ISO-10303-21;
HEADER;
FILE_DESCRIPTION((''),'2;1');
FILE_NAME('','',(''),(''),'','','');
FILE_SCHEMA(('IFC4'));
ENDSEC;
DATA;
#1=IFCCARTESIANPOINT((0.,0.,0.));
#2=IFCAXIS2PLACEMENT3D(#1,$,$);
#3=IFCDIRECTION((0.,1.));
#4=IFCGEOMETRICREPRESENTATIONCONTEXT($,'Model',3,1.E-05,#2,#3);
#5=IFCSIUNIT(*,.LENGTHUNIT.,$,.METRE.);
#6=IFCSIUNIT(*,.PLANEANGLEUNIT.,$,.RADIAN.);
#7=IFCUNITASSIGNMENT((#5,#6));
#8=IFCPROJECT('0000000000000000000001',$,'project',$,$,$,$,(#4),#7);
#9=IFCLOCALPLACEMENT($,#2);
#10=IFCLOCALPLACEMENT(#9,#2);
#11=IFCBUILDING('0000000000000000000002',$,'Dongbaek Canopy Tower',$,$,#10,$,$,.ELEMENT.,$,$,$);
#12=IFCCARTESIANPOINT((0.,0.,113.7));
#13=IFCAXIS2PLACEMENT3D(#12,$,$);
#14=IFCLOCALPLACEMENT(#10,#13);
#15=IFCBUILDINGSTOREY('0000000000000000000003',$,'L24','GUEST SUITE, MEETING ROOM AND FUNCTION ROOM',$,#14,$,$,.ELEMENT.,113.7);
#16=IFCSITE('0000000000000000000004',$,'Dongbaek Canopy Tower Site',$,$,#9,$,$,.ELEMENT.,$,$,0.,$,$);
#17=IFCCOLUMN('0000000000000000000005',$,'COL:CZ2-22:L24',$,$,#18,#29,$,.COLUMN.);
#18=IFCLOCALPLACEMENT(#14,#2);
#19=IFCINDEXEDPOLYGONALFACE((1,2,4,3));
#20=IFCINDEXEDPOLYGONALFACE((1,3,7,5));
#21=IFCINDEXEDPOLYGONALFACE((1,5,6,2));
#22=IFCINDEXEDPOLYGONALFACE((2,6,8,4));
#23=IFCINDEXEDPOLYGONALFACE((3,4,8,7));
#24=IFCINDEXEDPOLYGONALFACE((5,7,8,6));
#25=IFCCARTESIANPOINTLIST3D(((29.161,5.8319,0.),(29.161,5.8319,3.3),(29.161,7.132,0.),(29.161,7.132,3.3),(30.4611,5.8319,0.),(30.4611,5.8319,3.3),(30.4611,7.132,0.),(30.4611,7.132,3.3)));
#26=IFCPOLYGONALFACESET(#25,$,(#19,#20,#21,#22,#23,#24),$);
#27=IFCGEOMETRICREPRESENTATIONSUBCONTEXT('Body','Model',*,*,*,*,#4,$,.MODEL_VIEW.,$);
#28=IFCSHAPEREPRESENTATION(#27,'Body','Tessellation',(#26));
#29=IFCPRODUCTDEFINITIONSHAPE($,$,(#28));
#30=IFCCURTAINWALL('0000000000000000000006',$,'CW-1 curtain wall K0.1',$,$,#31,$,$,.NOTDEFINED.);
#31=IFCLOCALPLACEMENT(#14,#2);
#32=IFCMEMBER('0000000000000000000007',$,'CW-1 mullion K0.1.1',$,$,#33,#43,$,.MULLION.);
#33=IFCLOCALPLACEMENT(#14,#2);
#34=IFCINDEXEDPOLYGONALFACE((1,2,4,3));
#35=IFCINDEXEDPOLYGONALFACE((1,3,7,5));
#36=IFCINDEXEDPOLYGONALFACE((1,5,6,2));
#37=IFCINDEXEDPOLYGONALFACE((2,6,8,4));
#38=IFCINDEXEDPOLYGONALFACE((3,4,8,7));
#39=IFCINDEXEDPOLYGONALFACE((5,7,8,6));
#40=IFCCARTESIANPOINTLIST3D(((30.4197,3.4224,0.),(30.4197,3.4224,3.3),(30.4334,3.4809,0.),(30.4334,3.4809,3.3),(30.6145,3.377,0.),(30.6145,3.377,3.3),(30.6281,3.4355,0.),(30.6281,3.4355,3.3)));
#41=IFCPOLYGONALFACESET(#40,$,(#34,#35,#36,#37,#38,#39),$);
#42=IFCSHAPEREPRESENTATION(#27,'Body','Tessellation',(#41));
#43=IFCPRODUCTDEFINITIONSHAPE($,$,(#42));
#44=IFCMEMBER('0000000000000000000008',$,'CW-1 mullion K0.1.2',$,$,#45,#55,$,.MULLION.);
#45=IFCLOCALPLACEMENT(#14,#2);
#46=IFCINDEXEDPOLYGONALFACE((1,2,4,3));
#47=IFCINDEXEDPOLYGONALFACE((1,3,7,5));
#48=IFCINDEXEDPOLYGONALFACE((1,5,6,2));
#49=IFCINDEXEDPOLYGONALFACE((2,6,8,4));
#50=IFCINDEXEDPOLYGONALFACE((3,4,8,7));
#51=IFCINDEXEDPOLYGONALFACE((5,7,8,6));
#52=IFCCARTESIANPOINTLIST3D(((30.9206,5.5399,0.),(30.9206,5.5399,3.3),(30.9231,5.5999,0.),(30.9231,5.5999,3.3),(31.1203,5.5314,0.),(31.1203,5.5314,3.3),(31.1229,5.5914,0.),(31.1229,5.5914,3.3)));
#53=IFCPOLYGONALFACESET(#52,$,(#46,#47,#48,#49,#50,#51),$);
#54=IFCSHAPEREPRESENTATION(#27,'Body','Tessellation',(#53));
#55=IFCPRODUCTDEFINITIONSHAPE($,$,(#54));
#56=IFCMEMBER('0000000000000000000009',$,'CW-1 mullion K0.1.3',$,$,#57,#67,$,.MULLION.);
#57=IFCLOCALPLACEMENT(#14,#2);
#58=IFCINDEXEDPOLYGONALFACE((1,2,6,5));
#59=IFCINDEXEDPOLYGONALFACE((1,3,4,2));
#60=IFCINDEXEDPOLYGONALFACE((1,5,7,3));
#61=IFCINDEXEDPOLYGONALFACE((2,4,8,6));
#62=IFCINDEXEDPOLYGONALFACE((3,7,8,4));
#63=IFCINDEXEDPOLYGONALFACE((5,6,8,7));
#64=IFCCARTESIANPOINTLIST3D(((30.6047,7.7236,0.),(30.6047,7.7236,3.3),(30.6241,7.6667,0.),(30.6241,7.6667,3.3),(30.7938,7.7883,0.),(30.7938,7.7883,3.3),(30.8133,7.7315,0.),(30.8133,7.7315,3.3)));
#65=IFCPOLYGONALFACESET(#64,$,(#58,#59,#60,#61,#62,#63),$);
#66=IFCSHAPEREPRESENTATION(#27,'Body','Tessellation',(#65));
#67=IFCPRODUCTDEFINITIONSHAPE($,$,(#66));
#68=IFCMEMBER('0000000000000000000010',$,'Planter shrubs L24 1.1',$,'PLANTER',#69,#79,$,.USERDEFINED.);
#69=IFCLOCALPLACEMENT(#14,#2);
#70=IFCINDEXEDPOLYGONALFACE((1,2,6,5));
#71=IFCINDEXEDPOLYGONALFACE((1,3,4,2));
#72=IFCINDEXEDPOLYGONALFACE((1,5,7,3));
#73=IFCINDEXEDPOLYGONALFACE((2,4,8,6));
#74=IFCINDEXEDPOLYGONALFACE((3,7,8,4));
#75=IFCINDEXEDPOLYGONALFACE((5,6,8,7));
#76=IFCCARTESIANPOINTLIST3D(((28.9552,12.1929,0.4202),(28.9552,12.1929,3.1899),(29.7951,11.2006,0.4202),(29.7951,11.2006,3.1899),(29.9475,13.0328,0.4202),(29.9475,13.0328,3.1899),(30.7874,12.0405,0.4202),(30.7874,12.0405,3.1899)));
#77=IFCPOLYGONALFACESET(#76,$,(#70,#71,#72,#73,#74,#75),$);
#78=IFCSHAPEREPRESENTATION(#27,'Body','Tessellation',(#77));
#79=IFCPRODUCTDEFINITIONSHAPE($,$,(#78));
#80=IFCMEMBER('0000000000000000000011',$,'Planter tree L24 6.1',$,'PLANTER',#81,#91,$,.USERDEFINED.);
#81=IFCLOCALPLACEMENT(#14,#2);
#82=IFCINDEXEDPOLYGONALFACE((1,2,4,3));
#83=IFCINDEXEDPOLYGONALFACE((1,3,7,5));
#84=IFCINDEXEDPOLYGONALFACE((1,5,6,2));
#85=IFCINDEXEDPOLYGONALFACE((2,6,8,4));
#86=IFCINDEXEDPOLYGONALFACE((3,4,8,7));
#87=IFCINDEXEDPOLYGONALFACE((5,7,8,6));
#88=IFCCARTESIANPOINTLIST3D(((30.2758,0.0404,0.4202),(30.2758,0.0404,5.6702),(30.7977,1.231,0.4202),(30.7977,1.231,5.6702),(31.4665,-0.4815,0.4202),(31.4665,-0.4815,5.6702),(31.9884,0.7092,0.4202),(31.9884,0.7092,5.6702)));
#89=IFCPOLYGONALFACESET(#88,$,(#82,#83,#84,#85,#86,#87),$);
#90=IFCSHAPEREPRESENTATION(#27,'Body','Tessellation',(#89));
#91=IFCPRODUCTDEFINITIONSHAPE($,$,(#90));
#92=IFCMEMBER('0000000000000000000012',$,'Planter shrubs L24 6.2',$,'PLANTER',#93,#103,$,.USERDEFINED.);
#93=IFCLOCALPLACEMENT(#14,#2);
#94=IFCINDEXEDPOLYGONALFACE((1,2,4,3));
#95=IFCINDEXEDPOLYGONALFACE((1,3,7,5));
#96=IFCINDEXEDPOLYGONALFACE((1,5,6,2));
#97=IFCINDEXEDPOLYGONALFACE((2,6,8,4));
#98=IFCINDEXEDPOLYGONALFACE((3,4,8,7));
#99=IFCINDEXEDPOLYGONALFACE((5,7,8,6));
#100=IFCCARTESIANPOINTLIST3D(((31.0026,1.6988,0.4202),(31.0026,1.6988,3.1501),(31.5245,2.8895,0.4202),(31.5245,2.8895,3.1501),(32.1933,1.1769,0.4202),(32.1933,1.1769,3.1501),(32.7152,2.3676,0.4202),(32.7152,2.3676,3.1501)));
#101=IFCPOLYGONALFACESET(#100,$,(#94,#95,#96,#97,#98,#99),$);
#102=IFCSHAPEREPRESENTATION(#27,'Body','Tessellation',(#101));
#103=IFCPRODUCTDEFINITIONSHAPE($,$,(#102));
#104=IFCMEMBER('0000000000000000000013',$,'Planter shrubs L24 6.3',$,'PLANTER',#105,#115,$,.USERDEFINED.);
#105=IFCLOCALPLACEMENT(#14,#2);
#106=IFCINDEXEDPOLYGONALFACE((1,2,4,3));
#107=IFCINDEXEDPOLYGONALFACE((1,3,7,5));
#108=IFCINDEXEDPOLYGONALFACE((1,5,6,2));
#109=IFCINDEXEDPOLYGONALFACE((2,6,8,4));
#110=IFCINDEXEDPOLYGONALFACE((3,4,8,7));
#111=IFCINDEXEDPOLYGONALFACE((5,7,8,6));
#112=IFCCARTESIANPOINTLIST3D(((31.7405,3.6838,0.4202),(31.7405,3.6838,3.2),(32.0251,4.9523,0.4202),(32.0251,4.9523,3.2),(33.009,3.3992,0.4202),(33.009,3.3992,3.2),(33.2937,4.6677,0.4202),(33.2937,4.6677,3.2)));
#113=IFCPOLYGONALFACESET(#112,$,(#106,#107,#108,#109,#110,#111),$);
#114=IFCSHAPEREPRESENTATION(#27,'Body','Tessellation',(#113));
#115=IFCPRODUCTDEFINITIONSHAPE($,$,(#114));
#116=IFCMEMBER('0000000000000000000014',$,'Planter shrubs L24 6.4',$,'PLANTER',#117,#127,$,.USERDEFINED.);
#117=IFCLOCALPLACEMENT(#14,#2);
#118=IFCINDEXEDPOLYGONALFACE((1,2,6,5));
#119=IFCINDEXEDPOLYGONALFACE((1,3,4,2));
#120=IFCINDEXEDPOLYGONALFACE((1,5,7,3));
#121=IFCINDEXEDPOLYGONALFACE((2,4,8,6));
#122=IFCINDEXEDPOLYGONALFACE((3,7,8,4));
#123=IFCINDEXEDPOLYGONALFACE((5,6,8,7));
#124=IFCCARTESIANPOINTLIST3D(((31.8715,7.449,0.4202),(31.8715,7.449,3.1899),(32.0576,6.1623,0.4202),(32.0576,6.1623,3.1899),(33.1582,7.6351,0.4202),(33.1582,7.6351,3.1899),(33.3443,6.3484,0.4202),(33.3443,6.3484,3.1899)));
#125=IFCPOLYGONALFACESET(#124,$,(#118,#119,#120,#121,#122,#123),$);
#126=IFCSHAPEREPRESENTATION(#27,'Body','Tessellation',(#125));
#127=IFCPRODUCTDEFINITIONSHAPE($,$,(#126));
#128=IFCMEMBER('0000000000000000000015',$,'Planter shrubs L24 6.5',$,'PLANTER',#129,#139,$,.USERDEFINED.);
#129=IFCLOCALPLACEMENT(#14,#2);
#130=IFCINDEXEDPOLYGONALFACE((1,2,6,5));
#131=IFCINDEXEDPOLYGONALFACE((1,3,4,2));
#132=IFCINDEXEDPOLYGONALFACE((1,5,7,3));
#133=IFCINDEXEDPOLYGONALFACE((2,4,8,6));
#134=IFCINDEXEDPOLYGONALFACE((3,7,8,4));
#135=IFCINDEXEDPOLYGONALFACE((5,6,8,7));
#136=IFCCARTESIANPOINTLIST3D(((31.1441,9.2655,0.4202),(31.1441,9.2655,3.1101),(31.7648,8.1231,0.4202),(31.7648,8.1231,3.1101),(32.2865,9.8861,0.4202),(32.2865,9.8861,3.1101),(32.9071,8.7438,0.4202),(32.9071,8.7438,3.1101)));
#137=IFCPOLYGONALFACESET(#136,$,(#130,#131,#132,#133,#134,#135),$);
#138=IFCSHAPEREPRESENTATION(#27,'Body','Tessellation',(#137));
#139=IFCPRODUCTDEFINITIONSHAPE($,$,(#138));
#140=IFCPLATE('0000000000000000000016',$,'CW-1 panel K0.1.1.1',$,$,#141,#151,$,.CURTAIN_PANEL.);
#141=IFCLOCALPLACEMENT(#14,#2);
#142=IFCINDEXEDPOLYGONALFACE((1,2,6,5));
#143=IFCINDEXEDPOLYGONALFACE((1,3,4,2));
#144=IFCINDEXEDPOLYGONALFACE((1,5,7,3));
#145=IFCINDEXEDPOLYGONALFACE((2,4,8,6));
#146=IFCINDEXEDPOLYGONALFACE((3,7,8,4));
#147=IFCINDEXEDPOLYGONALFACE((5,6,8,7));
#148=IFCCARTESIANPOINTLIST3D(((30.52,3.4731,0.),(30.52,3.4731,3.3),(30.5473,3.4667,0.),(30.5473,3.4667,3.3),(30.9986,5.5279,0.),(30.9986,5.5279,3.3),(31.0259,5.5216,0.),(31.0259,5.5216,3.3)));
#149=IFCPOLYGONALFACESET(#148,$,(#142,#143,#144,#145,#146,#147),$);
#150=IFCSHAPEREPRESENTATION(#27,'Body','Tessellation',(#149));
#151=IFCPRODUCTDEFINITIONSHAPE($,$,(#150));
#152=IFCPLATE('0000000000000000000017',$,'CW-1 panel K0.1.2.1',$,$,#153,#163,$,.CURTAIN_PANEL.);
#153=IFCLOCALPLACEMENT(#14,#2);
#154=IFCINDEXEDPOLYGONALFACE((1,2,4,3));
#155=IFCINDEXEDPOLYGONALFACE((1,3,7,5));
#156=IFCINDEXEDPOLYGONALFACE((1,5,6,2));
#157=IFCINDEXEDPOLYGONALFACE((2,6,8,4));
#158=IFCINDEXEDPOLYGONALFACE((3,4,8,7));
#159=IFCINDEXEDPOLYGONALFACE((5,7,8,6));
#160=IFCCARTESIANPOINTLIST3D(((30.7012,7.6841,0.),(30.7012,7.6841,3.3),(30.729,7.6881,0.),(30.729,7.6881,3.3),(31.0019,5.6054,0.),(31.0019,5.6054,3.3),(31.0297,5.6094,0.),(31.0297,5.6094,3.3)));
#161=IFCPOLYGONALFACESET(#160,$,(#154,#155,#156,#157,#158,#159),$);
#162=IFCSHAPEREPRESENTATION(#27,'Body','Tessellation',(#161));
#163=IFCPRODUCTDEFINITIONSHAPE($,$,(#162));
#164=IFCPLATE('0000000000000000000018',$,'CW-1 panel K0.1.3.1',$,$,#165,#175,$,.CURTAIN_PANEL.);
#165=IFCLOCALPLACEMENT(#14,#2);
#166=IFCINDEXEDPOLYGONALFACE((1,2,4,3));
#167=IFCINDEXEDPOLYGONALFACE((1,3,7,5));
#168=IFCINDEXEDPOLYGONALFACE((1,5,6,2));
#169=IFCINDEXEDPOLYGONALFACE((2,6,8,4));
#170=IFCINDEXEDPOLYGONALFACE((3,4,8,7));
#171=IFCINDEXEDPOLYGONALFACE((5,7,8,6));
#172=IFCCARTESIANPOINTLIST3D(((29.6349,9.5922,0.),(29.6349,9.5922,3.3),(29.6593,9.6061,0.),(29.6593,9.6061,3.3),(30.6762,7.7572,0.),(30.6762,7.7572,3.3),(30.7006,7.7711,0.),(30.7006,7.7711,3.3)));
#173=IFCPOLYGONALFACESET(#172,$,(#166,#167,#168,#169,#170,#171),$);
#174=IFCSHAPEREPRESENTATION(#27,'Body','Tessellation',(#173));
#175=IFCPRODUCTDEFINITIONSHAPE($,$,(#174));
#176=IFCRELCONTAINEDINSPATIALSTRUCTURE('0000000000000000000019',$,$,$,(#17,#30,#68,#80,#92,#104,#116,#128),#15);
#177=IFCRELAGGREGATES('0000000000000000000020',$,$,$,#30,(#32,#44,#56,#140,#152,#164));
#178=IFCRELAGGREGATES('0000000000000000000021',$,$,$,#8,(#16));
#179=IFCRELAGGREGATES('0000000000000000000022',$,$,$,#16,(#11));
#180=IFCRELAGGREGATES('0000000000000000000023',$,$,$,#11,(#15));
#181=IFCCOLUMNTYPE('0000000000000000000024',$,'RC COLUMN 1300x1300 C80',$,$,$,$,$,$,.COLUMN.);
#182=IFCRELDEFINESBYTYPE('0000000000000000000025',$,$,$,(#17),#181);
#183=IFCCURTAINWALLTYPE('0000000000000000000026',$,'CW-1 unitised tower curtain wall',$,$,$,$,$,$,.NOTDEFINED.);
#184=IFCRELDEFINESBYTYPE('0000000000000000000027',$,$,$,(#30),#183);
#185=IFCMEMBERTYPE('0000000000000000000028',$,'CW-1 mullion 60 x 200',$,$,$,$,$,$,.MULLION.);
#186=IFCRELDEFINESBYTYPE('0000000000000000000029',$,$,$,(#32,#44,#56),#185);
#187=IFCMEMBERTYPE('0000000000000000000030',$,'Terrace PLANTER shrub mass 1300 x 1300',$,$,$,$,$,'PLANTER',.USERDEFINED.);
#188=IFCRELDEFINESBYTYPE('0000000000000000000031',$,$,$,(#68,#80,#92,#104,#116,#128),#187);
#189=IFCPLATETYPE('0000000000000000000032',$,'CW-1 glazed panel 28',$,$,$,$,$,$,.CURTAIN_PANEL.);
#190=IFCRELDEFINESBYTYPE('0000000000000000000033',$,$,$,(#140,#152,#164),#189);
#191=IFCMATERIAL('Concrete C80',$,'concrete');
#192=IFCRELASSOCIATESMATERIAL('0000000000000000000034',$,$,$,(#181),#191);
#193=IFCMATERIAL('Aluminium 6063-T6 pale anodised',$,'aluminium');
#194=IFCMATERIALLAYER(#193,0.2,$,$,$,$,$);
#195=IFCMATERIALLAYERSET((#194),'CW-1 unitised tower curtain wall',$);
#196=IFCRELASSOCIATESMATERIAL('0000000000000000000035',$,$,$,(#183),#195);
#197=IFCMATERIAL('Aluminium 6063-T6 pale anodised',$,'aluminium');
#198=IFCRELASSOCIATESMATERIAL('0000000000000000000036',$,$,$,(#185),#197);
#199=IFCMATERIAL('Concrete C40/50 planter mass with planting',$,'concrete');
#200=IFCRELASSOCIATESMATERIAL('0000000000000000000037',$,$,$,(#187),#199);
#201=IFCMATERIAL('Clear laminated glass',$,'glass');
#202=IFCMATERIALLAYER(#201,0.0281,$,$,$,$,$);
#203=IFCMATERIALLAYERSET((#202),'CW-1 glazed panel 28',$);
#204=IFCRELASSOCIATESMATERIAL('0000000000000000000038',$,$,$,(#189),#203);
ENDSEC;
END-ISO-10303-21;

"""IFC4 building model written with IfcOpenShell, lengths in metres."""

from ifc_helpers import new_model, si_unit, direction, frame, origin, origin_2d, place, context, subcontext, project, spatial, rectangle, extrude, material, layer, layer_set, material_profile, profile_set, type_object, element, aggregate, save


model = new_model("IFC4")

# Units and contexts
model_context = context("Model", 3, precision=1e-05, world=origin(), true_north=direction((0.0, 1.0)))
body_context = subcontext(model_context, "Body", "Model", "MODEL_VIEW")
ifc_project = project(units=[si_unit("LENGTHUNIT", "METRE"), si_unit("PLANEANGLEUNIT", "RADIAN")], contexts=[model_context])

# Site, building, storey
site_placement = place(None, origin())
site = spatial("IfcSite", under=ifc_project, at=site_placement, Name="Dongbaek Canopy Tower Site", CompositionType="ELEMENT", RefElevation=0.0)
building_placement = place(site_placement, origin())
building = spatial("IfcBuilding", under=site, at=building_placement, Name="Dongbaek Canopy Tower", CompositionType="ELEMENT")
storey_placement = place(building_placement, frame((0.0, 0.0, 113.7)))
storey = spatial("IfcBuildingStorey", under=building, at=storey_placement, Name="L24", Description="GUEST SUITE, MEETING ROOM AND FUNCTION ROOM", CompositionType="ELEMENT", Elevation=113.7)

# Column
ifc_material_1 = material(Name="Concrete C80", Category="concrete")
ifc_material_profile_1 = material_profile(ifc_material_1, rectangle(XDim=1.3, YDim=1.3, at=origin_2d()), Name="RC COLUMN 1300x1300 C80")
ifc_profile_set_1 = profile_set([ifc_material_profile_1], Name="Concrete C80")
column_type = type_object("IfcColumnType", Name="RC COLUMN 1300x1300 C80", PredefinedType="COLUMN", material=ifc_profile_set_1)
column_placement = place(storey_placement, frame((29.811, 6.4819, 0.0), z_axis=(0.0, 0.0, 1.0), x_axis=(1.0, 0.0, 0.0)))
element("IfcColumn", 1, at=column_placement, inside=storey, type_object=column_type, Name="COL:CZ2-22:L24", PredefinedType="COLUMN", context=body_context, shape_type="SweptSolid", body=[
    extrude(rectangle(XDim=1.3, YDim=1.3, at=origin_2d()), origin(), (0.0, 0.0, 1.0), 3.3),
])

# Curtain wall, members
ifc_material_2 = material(Name="Aluminium 6063-T6 pale anodised", Category="aluminium")
ifc_layer_1 = layer(ifc_material_2, 0.2)
ifc_layer_set_1 = layer_set([ifc_layer_1], Name="CW-1 unitised tower curtain wall")
curtain_wall_type = type_object("IfcCurtainWallType", Name="CW-1 unitised tower curtain wall", PredefinedType="NOTDEFINED", material=ifc_layer_set_1)
curtain_wall_placement = place(storey_placement, origin())
curtain_wall = element("IfcCurtainWall", 2, at=curtain_wall_placement, inside=storey, type_object=curtain_wall_type, Name="CW-1 curtain wall K0.1", PredefinedType="NOTDEFINED")
ifc_material_3 = material(Name="Aluminium 6063-T6 pale anodised", Category="aluminium")
ifc_material_profile_2 = material_profile(ifc_material_3, rectangle(XDim=0.2, YDim=0.0601, at=origin_2d()), Name="CW-1 mullion 60 x 200")
ifc_profile_set_2 = profile_set([ifc_material_profile_2], Name="Aluminium 6063-T6 pale anodised")
member_type_1 = type_object("IfcMemberType", Name="CW-1 mullion 60 x 200", PredefinedType="MULLION", material=ifc_profile_set_2)
member_1_placement = place(storey_placement, frame((30.5239, 3.429, 0.0), z_axis=(0.0, 0.0, 1.0), x_axis=(0.973927, -0.226863, 0.0)))
member_1 = element("IfcMember", 3, at=member_1_placement, type_object=member_type_1, Name="CW-1 mullion K0.1.1", PredefinedType="MULLION", context=body_context, shape_type="SweptSolid", body=[
    extrude(rectangle(XDim=0.2, YDim=0.0601, at=origin_2d()), origin(), (0.0, 0.0, 1.0), 3.3),
])
member_2_placement = place(storey_placement, frame((31.0217, 5.5657, 0.0), z_axis=(0.0, 0.0, 1.0), x_axis=(0.999093, -0.04259, 0.0)))
member_2 = element("IfcMember", 4, at=member_2_placement, type_object=member_type_1, Name="CW-1 mullion K0.1.2", PredefinedType="MULLION", context=body_context, shape_type="SweptSolid", body=[
    extrude(rectangle(XDim=0.2, YDim=0.0601, at=origin_2d()), origin(), (0.0, 0.0, 1.0), 3.3),
])
member_3_placement = place(storey_placement, frame((30.709, 7.7275, 0.0), z_axis=(0.0, 0.0, 1.0), x_axis=(0.946074, 0.32395, 0.0)))
member_3 = element("IfcMember", 5, at=member_3_placement, type_object=member_type_1, Name="CW-1 mullion K0.1.3", PredefinedType="MULLION", context=body_context, shape_type="SweptSolid", body=[
    extrude(rectangle(XDim=0.2, YDim=0.0601, at=origin_2d()), origin(), (0.0, 0.0, 1.0), 3.3),
])

# Members
ifc_material_4 = material(Name="Concrete C40/50 planter mass with planting", Category="concrete")
ifc_material_profile_3 = material_profile(ifc_material_4, rectangle(XDim=1.3, YDim=1.3, at=origin_2d()), Name="Terrace PLANTER shrub mass 1300 x 1300")
ifc_profile_set_3 = profile_set([ifc_material_profile_3], Name="Concrete C40/50 planter mass with planting")
member_type_2 = type_object("IfcMemberType", Name="Terrace PLANTER shrub mass 1300 x 1300", ElementType="PLANTER", PredefinedType="USERDEFINED", material=ifc_profile_set_3)
member_4_placement = place(storey_placement, frame((29.8713, 12.1167, 0.4202), z_axis=(0.0, 0.0, 1.0), x_axis=(0.76329, 0.646056, 0.0)))
element("IfcMember", 6, at=member_4_placement, inside=storey, type_object=member_type_2, Name="Planter shrubs L24 1.1", ObjectType="PLANTER", PredefinedType="USERDEFINED", context=body_context, shape_type="SweptSolid", body=[
    extrude(rectangle(XDim=1.3, YDim=1.3, at=origin_2d()), origin(), (0.0, 0.0, 1.0), 2.7698),
])
member_5_placement = place(storey_placement, frame((31.1321, 0.3748, 0.4202), z_axis=(0.0, 0.0, 1.0), x_axis=(0.915886, -0.401438, 0.0)))
element("IfcMember", 7, at=member_5_placement, inside=storey, type_object=member_type_2, Name="Planter tree L24 6.1", ObjectType="PLANTER", PredefinedType="USERDEFINED", context=body_context, shape_type="SweptSolid", body=[
    extrude(rectangle(XDim=1.3, YDim=1.3, at=origin_2d()), origin(), (0.0, 0.0, 1.0), 5.25),
])
member_6_placement = place(storey_placement, frame((31.8589, 2.0332, 0.4202), z_axis=(0.0, 0.0, 1.0), x_axis=(0.915886, -0.401438, 0.0)))
element("IfcMember", 8, at=member_6_placement, inside=storey, type_object=member_type_2, Name="Planter shrubs L24 6.2", ObjectType="PLANTER", PredefinedType="USERDEFINED", context=body_context, shape_type="SweptSolid", body=[
    extrude(rectangle(XDim=1.3, YDim=1.3, at=origin_2d()), origin(), (0.0, 0.0, 1.0), 2.73),
])
member_7_placement = place(storey_placement, frame((32.5171, 4.1758, 0.4202), z_axis=(0.0, 0.0, 1.0), x_axis=(0.97574, -0.218932, 0.0)))
element("IfcMember", 9, at=member_7_placement, inside=storey, type_object=member_type_2, Name="Planter shrubs L24 6.3", ObjectType="PLANTER", PredefinedType="USERDEFINED", context=body_context, shape_type="SweptSolid", body=[
    extrude(rectangle(XDim=1.3, YDim=1.3, at=origin_2d()), origin(), (0.0, 0.0, 1.0), 2.7798),
])
member_8_placement = place(storey_placement, frame((32.6079, 6.8987, 0.4202), z_axis=(0.0, 0.0, 1.0), x_axis=(0.9897, 0.143156, 0.0)))
element("IfcMember", 10, at=member_8_placement, inside=storey, type_object=member_type_2, Name="Planter shrubs L24 6.4", ObjectType="PLANTER", PredefinedType="USERDEFINED", context=body_context, shape_type="SweptSolid", body=[
    extrude(rectangle(XDim=1.3, YDim=1.3, at=origin_2d()), origin(), (0.0, 0.0, 1.0), 2.7698),
])
member_9_placement = place(storey_placement, frame((32.0256, 9.0046, 0.4202), z_axis=(0.0, 0.0, 1.0), x_axis=(0.878675, 0.47742, 0.0)))
element("IfcMember", 11, at=member_9_placement, inside=storey, type_object=member_type_2, Name="Planter shrubs L24 6.5", ObjectType="PLANTER", PredefinedType="USERDEFINED", context=body_context, shape_type="SweptSolid", body=[
    extrude(rectangle(XDim=1.3, YDim=1.3, at=origin_2d()), origin(), (0.0, 0.0, 1.0), 2.6899),
])

# Plates
ifc_material_5 = material(Name="Clear laminated glass", Category="glass")
ifc_layer_2 = layer(ifc_material_5, 0.0281)
ifc_layer_set_2 = layer_set([ifc_layer_2], Name="CW-1 glazed panel 28")
plate_type = type_object("IfcPlateType", Name="CW-1 glazed panel 28", PredefinedType="CURTAIN_PANEL", material=ifc_layer_set_2)
plate_1_placement = place(storey_placement, frame((30.7729, 4.4973, 0.0), z_axis=(0.0, 0.0, 1.0), x_axis=(0.226863, 0.973927, 0.0)))
plate_1 = element("IfcPlate", 12, at=plate_1_placement, type_object=plate_type, Name="CW-1 panel K0.1.1.1", PredefinedType="CURTAIN_PANEL", context=body_context, shape_type="SweptSolid", body=[
    extrude(rectangle(XDim=2.1099, YDim=0.0281, at=origin_2d()), origin(), (0.0, 0.0, 1.0), 3.3),
])
plate_2_placement = place(storey_placement, frame((30.8655, 6.6467, 0.0), z_axis=(0.0, 0.0, 1.0), x_axis=(-0.143156, 0.9897, 0.0)))
plate_2 = element("IfcPlate", 13, at=plate_2_placement, type_object=plate_type, Name="CW-1 panel K0.1.2.1", PredefinedType="CURTAIN_PANEL", context=body_context, shape_type="SweptSolid", body=[
    extrude(rectangle(XDim=2.1003, YDim=0.0281, at=origin_2d()), origin(), (0.0, 0.0, 1.0), 3.3),
])
plate_3_placement = place(storey_placement, frame((30.1677, 8.6816, 0.0), z_axis=(0.0, 0.0, 1.0), x_axis=(-0.493539, 0.869724, 0.0)))
plate_3 = element("IfcPlate", 14, at=plate_3_placement, type_object=plate_type, Name="CW-1 panel K0.1.3.1", PredefinedType="CURTAIN_PANEL", context=body_context, shape_type="SweptSolid", body=[
    extrude(rectangle(XDim=2.1099, YDim=0.0281, at=origin_2d()), origin(), (0.0, 0.0, 1.0), 3.3),
])
aggregate(curtain_wall, [member_1, member_2, member_3, plate_1, plate_2, plate_3])

save(model, "model.ifc")
